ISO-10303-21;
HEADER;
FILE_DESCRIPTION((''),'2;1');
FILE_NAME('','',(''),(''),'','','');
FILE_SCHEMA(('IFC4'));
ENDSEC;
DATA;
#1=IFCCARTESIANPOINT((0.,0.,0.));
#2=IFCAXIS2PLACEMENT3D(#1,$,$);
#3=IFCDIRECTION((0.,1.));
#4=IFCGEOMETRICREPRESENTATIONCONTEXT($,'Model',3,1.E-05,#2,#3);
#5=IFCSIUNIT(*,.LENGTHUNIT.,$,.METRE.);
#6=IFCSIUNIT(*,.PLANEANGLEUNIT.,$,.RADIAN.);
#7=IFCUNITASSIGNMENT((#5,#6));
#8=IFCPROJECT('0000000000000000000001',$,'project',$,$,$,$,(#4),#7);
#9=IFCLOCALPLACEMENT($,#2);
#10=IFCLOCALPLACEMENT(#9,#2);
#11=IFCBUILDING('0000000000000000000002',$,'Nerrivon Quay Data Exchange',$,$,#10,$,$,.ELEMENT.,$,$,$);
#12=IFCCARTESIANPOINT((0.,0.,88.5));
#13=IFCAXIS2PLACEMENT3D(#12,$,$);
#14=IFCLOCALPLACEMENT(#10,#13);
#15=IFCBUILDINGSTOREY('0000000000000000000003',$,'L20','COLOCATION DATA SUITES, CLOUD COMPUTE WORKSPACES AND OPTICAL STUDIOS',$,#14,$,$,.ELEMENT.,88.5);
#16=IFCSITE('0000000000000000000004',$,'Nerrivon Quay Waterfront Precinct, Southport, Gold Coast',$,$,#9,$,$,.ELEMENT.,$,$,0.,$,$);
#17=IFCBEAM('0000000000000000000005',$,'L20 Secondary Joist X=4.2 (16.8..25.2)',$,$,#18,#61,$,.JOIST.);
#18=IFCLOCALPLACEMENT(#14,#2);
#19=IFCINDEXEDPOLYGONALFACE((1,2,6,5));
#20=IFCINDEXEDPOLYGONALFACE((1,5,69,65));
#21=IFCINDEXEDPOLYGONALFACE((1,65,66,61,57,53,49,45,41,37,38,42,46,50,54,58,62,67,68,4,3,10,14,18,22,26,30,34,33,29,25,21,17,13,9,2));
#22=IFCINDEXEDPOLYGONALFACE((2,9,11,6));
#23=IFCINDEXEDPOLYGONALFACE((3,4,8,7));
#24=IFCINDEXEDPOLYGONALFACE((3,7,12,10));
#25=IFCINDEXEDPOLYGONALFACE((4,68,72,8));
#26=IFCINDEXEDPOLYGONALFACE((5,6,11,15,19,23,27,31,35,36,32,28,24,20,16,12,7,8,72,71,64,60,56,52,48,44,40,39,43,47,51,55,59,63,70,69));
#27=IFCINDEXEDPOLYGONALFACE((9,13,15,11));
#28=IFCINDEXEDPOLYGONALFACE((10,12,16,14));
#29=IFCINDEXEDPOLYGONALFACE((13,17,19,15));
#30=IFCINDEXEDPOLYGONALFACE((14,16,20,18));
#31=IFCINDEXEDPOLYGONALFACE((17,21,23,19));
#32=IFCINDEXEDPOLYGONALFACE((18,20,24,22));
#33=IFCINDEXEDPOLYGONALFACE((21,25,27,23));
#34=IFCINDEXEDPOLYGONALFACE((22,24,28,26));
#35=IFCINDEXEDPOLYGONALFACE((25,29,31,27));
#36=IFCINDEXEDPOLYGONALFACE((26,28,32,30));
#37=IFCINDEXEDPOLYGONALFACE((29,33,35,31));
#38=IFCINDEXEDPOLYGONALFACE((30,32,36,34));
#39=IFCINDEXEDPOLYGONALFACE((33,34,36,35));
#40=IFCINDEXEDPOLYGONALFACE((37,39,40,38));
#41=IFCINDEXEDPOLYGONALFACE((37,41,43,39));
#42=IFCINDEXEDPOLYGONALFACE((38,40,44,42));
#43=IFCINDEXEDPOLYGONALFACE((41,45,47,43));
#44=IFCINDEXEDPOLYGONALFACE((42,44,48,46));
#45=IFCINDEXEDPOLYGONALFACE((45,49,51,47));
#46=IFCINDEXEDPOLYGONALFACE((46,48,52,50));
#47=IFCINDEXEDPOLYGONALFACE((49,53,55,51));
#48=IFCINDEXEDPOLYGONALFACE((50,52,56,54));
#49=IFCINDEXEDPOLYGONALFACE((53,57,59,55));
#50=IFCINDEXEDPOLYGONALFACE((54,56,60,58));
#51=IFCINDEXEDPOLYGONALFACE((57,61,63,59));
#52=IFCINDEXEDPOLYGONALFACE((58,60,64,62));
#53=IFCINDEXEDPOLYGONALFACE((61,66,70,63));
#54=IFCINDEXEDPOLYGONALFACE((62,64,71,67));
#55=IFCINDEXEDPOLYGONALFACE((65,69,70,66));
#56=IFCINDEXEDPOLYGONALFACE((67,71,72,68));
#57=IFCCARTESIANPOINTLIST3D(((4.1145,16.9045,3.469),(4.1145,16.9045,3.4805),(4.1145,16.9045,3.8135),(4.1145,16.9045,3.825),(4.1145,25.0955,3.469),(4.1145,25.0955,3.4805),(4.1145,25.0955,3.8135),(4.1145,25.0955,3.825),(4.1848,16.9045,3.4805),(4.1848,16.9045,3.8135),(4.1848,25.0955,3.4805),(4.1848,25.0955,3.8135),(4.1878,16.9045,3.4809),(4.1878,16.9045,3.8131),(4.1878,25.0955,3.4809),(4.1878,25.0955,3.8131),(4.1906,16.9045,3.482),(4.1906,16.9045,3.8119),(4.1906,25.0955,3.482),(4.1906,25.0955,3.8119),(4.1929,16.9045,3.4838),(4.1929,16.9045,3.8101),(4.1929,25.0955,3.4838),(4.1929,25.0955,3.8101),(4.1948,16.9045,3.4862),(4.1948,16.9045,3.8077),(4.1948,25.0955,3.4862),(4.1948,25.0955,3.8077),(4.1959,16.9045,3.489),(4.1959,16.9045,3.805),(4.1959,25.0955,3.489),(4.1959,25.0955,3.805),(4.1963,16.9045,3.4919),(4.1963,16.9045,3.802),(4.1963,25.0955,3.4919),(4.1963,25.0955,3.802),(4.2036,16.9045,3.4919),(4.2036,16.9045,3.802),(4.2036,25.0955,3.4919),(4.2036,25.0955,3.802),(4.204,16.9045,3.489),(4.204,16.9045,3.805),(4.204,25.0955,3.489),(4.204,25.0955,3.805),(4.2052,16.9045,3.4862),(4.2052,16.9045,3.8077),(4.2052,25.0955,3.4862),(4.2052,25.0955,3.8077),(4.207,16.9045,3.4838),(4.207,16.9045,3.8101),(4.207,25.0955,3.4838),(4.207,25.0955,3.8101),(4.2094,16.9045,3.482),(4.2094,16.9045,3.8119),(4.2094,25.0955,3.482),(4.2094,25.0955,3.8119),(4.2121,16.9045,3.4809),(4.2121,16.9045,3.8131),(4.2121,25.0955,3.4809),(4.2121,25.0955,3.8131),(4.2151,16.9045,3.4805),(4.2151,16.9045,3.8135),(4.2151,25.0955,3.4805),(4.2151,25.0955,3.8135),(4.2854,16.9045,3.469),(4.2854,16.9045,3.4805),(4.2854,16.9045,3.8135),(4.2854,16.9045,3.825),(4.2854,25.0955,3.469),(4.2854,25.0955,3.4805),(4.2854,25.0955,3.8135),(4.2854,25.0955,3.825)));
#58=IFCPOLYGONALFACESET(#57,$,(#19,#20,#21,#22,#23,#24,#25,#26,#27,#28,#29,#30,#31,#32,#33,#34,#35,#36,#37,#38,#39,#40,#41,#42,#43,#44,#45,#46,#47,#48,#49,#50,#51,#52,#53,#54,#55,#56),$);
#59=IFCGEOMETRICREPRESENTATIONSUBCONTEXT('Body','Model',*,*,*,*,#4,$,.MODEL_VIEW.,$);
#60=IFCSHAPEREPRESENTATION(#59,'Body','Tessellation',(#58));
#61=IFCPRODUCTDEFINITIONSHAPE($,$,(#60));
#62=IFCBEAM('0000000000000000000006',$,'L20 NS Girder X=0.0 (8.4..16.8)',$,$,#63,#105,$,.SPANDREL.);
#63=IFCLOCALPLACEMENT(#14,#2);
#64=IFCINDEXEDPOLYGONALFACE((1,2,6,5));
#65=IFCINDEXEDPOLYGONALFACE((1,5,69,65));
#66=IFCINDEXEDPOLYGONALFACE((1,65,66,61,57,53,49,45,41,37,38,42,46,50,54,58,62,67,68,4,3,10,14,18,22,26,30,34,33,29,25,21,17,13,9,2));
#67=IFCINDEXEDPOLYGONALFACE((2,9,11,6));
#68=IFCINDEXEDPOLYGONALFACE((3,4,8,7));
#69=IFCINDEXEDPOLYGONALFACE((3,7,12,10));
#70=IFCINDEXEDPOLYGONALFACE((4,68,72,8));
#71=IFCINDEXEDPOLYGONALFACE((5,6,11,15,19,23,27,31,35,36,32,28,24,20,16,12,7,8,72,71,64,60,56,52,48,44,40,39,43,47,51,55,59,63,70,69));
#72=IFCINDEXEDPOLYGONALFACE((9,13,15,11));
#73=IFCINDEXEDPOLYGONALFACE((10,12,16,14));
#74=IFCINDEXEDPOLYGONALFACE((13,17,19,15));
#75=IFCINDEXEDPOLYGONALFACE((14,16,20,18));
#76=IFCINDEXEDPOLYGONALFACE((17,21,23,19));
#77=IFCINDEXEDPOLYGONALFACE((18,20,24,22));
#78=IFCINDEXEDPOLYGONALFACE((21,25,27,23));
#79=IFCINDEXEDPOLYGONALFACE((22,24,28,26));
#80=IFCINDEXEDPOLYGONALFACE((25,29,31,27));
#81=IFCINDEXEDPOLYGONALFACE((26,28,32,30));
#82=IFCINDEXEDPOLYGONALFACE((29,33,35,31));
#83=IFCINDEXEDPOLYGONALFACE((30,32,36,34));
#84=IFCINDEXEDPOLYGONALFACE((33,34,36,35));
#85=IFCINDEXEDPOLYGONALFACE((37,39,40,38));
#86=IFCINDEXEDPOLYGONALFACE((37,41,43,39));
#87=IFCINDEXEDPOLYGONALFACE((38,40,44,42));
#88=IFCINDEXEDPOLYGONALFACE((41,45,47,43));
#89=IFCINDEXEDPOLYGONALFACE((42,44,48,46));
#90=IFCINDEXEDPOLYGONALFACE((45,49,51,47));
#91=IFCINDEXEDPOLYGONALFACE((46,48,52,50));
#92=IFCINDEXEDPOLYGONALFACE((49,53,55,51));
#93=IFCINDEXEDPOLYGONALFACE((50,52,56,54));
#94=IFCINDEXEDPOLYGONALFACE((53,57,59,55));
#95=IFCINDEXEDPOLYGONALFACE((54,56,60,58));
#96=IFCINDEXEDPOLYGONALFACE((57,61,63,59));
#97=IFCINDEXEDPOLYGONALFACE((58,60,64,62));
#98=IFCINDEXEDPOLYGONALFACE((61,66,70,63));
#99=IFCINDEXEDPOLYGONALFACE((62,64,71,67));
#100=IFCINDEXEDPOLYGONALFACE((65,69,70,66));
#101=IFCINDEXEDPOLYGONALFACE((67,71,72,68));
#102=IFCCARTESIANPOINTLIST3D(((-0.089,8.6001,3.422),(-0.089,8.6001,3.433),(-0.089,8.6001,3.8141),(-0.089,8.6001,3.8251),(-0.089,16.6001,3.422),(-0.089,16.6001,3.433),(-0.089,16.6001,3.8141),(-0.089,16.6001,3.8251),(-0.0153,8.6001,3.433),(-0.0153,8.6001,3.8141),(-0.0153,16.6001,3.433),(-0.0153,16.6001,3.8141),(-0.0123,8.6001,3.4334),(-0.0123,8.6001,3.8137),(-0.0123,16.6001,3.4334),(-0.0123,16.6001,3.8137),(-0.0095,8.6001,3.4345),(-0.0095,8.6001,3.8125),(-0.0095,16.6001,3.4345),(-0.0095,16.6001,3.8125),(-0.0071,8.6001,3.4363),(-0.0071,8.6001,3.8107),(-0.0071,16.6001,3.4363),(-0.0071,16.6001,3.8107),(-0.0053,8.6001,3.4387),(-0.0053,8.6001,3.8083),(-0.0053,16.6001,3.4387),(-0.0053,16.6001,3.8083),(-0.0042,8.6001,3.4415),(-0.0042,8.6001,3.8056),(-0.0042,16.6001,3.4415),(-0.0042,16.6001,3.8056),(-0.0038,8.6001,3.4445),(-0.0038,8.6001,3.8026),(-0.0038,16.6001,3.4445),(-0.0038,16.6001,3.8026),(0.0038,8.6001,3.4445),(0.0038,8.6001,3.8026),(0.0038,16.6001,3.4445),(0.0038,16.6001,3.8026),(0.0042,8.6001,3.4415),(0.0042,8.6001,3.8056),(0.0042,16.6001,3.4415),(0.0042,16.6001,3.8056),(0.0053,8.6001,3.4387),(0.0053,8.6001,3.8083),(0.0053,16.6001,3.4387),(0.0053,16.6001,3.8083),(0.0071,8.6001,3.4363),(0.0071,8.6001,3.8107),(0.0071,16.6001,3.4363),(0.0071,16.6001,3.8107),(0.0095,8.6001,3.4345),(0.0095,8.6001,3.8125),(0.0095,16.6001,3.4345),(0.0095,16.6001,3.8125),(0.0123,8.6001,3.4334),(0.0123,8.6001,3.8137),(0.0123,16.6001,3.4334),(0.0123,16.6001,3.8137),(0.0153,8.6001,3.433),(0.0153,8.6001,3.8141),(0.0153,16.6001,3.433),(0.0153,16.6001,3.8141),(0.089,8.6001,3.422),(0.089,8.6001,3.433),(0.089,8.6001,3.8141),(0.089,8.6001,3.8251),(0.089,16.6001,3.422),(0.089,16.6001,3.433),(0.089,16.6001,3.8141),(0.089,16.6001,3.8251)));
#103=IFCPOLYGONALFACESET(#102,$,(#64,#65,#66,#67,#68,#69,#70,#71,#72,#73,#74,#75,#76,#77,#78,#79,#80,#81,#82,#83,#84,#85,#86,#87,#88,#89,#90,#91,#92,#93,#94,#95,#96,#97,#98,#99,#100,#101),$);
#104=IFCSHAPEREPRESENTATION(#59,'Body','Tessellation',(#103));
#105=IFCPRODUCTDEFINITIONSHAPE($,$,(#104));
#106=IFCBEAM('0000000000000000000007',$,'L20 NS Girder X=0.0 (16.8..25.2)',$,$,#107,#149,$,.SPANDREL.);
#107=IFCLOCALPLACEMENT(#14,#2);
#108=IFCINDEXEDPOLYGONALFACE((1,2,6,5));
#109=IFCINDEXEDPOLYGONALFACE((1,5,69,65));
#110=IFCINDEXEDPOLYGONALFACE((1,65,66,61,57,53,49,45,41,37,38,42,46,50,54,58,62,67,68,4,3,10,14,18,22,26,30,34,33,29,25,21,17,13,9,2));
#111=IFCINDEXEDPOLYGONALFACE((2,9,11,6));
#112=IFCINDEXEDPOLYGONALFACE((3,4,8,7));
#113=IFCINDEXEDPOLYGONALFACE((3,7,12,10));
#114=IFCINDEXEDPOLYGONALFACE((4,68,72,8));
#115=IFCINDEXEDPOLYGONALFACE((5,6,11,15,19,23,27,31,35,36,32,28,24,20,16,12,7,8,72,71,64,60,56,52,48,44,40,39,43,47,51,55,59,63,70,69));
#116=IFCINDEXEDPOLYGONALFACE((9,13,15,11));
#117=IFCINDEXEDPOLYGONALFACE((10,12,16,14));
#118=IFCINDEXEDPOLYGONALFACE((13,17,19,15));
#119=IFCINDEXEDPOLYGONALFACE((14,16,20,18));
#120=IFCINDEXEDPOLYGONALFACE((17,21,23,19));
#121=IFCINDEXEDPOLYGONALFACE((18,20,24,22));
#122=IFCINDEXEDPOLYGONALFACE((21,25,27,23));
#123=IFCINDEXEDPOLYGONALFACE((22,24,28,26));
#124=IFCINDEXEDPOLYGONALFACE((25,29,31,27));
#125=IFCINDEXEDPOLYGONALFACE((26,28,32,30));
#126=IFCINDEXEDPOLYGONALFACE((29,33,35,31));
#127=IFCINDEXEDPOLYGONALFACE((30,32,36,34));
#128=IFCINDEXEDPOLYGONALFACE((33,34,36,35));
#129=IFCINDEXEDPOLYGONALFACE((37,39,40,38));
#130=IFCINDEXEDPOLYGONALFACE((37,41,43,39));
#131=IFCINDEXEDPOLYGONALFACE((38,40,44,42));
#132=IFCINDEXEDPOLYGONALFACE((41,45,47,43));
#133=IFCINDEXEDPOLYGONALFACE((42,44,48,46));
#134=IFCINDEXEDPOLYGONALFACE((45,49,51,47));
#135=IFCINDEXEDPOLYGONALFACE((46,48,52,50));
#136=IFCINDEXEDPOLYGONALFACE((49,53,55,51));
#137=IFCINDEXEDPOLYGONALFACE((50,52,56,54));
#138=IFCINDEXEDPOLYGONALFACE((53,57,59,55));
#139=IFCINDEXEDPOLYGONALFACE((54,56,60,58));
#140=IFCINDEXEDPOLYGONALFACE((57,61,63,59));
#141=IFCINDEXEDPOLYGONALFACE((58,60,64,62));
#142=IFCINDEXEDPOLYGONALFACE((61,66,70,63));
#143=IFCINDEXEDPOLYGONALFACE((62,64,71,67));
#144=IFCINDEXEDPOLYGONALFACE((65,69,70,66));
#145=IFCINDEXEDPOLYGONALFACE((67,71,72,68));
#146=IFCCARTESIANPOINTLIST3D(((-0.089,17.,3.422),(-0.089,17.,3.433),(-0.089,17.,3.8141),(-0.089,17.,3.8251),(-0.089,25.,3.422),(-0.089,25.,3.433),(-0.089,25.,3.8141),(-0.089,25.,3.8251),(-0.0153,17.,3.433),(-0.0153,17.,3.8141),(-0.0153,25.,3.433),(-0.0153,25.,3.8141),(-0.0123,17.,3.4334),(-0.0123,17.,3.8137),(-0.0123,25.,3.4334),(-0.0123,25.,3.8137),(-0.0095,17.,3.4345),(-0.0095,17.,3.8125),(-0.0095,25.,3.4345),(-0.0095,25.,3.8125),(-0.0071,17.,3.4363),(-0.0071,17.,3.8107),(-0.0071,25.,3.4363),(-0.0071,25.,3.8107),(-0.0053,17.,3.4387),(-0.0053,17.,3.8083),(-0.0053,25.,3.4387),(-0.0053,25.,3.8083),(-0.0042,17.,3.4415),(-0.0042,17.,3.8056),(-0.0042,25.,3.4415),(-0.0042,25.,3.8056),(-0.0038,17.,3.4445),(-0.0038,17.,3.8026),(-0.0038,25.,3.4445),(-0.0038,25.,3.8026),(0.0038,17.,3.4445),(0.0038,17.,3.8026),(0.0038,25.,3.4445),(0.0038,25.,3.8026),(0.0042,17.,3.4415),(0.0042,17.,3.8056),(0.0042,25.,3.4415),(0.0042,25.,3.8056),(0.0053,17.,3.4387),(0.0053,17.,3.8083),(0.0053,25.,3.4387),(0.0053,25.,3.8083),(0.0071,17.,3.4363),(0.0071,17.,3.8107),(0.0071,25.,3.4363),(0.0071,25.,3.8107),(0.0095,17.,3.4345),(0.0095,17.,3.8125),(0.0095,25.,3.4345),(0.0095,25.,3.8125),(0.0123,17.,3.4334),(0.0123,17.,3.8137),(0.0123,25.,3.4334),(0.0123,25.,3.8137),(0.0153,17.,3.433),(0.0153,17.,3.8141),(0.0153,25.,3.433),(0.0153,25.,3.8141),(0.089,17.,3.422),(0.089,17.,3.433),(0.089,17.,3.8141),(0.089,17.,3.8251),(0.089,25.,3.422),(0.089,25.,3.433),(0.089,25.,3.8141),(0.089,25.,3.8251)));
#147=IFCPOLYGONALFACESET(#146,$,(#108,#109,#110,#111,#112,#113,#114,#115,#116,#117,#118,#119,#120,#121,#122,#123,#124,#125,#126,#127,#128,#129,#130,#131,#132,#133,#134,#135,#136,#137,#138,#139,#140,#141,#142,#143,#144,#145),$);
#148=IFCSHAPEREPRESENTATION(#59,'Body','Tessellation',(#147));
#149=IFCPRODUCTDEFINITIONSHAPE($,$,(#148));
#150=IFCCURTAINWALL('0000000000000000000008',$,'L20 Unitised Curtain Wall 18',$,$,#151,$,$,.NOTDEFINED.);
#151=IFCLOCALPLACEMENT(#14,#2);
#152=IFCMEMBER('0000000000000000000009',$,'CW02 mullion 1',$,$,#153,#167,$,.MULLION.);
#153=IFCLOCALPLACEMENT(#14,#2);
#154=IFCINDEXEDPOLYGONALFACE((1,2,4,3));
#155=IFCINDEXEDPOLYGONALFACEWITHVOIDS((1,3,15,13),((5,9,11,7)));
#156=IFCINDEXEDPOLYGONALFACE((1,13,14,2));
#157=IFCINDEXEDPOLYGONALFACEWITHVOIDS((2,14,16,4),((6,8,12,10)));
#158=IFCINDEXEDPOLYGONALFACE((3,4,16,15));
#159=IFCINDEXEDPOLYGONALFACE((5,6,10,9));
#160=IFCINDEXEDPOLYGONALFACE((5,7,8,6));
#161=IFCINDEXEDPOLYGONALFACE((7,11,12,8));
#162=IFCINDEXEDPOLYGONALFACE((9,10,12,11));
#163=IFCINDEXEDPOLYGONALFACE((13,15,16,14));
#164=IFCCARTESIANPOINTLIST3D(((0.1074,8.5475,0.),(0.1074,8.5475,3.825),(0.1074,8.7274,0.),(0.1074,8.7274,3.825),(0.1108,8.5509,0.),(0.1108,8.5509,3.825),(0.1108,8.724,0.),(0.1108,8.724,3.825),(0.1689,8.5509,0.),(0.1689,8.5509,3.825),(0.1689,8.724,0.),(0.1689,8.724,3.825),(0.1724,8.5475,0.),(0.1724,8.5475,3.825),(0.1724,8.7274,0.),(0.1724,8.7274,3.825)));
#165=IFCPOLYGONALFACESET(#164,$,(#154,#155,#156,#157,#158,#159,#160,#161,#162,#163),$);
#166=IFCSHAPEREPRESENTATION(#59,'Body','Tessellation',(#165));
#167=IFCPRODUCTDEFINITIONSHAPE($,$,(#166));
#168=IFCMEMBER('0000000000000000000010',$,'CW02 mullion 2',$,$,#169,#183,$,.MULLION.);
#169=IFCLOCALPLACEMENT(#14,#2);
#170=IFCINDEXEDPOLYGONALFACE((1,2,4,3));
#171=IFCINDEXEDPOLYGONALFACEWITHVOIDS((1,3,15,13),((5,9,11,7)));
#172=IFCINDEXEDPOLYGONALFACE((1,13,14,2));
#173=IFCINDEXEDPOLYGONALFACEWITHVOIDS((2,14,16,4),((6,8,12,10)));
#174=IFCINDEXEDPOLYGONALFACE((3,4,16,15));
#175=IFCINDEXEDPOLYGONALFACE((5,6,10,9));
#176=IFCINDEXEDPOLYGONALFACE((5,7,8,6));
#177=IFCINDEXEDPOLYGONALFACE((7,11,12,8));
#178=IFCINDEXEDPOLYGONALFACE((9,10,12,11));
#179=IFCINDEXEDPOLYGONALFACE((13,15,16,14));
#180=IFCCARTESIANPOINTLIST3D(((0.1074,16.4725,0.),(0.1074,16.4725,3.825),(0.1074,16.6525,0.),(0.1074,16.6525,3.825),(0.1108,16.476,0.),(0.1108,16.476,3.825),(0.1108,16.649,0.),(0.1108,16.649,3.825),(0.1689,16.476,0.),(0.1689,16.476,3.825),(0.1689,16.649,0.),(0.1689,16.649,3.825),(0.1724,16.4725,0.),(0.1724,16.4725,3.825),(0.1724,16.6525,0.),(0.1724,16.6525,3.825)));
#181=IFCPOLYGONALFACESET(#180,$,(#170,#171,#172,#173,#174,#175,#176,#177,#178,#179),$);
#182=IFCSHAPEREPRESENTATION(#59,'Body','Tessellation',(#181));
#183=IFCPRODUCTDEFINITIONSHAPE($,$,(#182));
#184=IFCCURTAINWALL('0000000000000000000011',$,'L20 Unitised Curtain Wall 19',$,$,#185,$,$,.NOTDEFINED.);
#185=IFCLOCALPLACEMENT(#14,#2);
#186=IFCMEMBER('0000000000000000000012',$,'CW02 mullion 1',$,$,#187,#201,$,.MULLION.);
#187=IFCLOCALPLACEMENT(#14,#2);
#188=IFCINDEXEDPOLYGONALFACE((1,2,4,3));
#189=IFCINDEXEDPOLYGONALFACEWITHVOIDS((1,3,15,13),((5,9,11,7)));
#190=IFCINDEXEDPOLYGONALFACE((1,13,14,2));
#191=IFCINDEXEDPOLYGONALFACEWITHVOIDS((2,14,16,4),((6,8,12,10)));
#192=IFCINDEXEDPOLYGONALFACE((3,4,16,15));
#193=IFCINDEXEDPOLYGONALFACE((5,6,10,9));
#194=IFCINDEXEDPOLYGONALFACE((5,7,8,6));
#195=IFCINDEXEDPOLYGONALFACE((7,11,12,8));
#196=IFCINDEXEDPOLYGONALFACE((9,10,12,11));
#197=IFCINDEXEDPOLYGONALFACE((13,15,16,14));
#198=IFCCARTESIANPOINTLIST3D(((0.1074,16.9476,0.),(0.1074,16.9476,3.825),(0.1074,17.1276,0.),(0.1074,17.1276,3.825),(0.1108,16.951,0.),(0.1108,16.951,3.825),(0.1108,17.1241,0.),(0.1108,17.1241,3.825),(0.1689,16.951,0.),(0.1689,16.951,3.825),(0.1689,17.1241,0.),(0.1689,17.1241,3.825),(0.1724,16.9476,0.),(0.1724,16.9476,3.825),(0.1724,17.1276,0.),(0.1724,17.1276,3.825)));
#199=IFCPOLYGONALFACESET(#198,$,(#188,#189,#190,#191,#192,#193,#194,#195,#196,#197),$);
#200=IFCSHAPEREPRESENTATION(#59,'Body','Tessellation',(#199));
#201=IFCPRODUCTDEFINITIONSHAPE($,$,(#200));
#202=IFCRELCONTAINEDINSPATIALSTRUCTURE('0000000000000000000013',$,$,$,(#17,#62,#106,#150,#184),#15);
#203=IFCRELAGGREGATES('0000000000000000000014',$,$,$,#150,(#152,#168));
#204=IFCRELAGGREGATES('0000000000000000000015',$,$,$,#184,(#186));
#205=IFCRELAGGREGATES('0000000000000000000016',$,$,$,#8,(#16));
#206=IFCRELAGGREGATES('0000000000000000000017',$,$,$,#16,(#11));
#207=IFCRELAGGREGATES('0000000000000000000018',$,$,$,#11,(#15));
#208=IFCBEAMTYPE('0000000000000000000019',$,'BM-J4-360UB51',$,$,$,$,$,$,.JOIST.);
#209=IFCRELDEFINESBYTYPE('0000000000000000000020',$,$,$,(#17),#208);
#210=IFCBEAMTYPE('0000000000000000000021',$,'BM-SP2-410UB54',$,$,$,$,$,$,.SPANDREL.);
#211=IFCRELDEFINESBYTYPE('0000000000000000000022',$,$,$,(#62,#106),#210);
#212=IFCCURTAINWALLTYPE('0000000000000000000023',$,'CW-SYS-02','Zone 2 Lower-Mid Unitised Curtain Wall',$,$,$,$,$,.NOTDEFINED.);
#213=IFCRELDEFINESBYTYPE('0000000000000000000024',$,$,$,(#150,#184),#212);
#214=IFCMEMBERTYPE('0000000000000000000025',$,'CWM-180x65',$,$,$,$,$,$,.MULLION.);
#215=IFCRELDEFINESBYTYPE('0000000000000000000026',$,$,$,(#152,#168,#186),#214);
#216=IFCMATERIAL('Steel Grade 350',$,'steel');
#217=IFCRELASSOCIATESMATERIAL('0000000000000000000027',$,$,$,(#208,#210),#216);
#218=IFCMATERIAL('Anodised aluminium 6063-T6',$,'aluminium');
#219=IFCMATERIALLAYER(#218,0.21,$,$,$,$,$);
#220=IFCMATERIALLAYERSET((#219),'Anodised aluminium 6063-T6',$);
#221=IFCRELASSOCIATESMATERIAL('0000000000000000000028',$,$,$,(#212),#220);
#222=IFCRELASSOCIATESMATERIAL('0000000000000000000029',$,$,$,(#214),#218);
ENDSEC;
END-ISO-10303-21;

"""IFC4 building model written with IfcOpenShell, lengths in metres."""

from ifc_helpers import new_model, si_unit, direction, frame, origin, origin_2d, place, context, subcontext, project, spatial, hollow_rectangle, i_section, extrude, material, layer, layer_set, material_profile, profile_set, type_object, element, aggregate, save


model = new_model("IFC4")

# Units and contexts
model_context = context("Model", 3, precision=1e-05, world=origin(), true_north=direction((0.0, 1.0)))
body_context = subcontext(model_context, "Body", "Model", "MODEL_VIEW")
ifc_project = project(units=[si_unit("LENGTHUNIT", "METRE"), si_unit("PLANEANGLEUNIT", "RADIAN")], contexts=[model_context])

# Site, building, storey
site_placement = place(None, origin())
site = spatial("IfcSite", under=ifc_project, at=site_placement, Name="Nerrivon Quay Waterfront Precinct, Southport, Gold Coast", CompositionType="ELEMENT", RefElevation=0.0)
building_placement = place(site_placement, origin())
building = spatial("IfcBuilding", under=site, at=building_placement, Name="Nerrivon Quay Data Exchange", CompositionType="ELEMENT")
storey_placement = place(building_placement, frame((0.0, 0.0, 88.5)))
storey = spatial("IfcBuildingStorey", under=building, at=storey_placement, Name="L20", Description="COLOCATION DATA SUITES, CLOUD COMPUTE WORKSPACES AND OPTICAL STUDIOS", CompositionType="ELEMENT", Elevation=88.5)

# Shared definitions
ifc_material_1 = material(Name="Steel Grade 350", Category="steel")

# Beams
ifc_material_profile_1 = material_profile(ifc_material_1, i_section(OverallWidth=0.1709, OverallDepth=0.356, WebThickness=0.0073, FlangeThickness=0.0115, FilletRadius=0.0115, at=origin_2d()), Name="360UB50.7")
ifc_profile_set_1 = profile_set([ifc_material_profile_1], Name="Steel Grade 350")
beam_type_1 = type_object("IfcBeamType", Name="BM-J4-360UB51", PredefinedType="JOIST", material=ifc_profile_set_1)
beam_1_placement = place(storey_placement, frame((4.2, 16.9045, 3.647), z_axis=(0.0, 1.0, 0.0), x_axis=(-1.0, 0.0, 0.0)))
element("IfcBeam", 1, at=beam_1_placement, inside=storey, type_object=beam_type_1, Name="L20 Secondary Joist X=4.2 (16.8..25.2)", PredefinedType="JOIST", context=body_context, shape_type="SweptSolid", body=[
    extrude(i_section(OverallWidth=0.1709, OverallDepth=0.356, WebThickness=0.0073, FlangeThickness=0.0115, FilletRadius=0.0115, at=origin_2d()), origin(), (0.0, 0.0, 1.0), 8.1909),
])
ifc_material_profile_2 = material_profile(ifc_material_1, i_section(OverallWidth=0.178, OverallDepth=0.4031, WebThickness=0.0076, FlangeThickness=0.011, FilletRadius=0.0115, at=origin_2d()), Name="410UB53.7")
ifc_profile_set_2 = profile_set([ifc_material_profile_2], Name="Steel Grade 350")
beam_type_2 = type_object("IfcBeamType", Name="BM-SP2-410UB54", PredefinedType="SPANDREL", material=ifc_profile_set_2)
for number, where, z_axis, x_axis, name in (
    (2, (0.0, 8.6001, 3.6235), (0.0, 1.0, 0.0), (-1.0, 0.0, 0.0), "L20 NS Girder X=0.0 (8.4..16.8)"),
    (3, (0.0, 17.0, 3.6235), (0.0, 1.0, 0.0), (-1.0, 0.0, 0.0), "L20 NS Girder X=0.0 (16.8..25.2)"),
):
    element("IfcBeam", number, at=place(storey_placement, frame(where, z_axis=z_axis, x_axis=x_axis)), inside=storey, type_object=beam_type_2, Name=name, PredefinedType="SPANDREL", context=body_context, shape_type="SweptSolid", body=[
        extrude(i_section(OverallWidth=0.178, OverallDepth=0.4031, WebThickness=0.0076, FlangeThickness=0.011, FilletRadius=0.0115, at=origin_2d()), origin(), (0.0, 0.0, 1.0), 8.0),
    ])

# Curtain walls, members
ifc_material_2 = material(Name="Anodised aluminium 6063-T6", Category="aluminium")
ifc_layer_1 = layer(ifc_material_2, 0.21)
ifc_layer_set_1 = layer_set([ifc_layer_1], Name="Anodised aluminium 6063-T6")
curtain_wall_type = type_object("IfcCurtainWallType", Name="CW-SYS-02", Description="Zone 2 Lower-Mid Unitised Curtain Wall", PredefinedType="NOTDEFINED", material=ifc_layer_set_1)
curtain_wall_1_placement = place(storey_placement, origin())
curtain_wall_1 = element("IfcCurtainWall", 4, at=curtain_wall_1_placement, inside=storey, type_object=curtain_wall_type, Name="L20 Unitised Curtain Wall 18", PredefinedType="NOTDEFINED")
ifc_material_profile_3 = material_profile(ifc_material_2, hollow_rectangle(XDim=0.0649, YDim=0.1799, WallThickness=0.0034, at=origin_2d()), Name="ALU-MULL-180x65")
ifc_profile_set_3 = profile_set([ifc_material_profile_3], Name="Anodised aluminium 6063-T6")
member_type_1 = type_object("IfcMemberType", Name="CWM-180x65", PredefinedType="MULLION", material=ifc_profile_set_3)
member_1_placement = place(storey_placement, frame((0.1399, 8.6375, 0.0), z_axis=(0.0, 0.0, 1.0), x_axis=(-1.0, 0.0, 0.0)))
member_1 = element("IfcMember", 5, at=member_1_placement, type_object=member_type_1, Name="CW02 mullion 1", PredefinedType="MULLION", context=body_context, shape_type="SweptSolid", body=[
    extrude(hollow_rectangle(XDim=0.0649, YDim=0.1799, WallThickness=0.0034, at=origin_2d()), origin(), (0.0, 0.0, 1.0), 3.825),
])
member_2_placement = place(storey_placement, frame((0.1399, 16.5625, 0.0), z_axis=(0.0, 0.0, 1.0), x_axis=(-1.0, 0.0, 0.0)))
member_2 = element("IfcMember", 6, at=member_2_placement, type_object=member_type_1, Name="CW02 mullion 2", PredefinedType="MULLION", context=body_context, shape_type="SweptSolid", body=[
    extrude(hollow_rectangle(XDim=0.0649, YDim=0.1799, WallThickness=0.0034, at=origin_2d()), origin(), (0.0, 0.0, 1.0), 3.825),
])
curtain_wall_2_placement = place(storey_placement, origin())
curtain_wall_2 = element("IfcCurtainWall", 7, at=curtain_wall_2_placement, inside=storey, type_object=curtain_wall_type, Name="L20 Unitised Curtain Wall 19", PredefinedType="NOTDEFINED")
member_3_placement = place(storey_placement, frame((0.1399, 17.0376, 0.0), z_axis=(0.0, 0.0, 1.0), x_axis=(-1.0, 0.0, 0.0)))
member_3 = element("IfcMember", 8, at=member_3_placement, type_object=member_type_1, Name="CW02 mullion 1", PredefinedType="MULLION", context=body_context, shape_type="SweptSolid", body=[
    extrude(hollow_rectangle(XDim=0.0649, YDim=0.1799, WallThickness=0.0034, at=origin_2d()), origin(), (0.0, 0.0, 1.0), 3.825),
])

aggregate(curtain_wall_1, [member_1, member_2])
aggregate(curtain_wall_2, [member_3])

save(model, "model.ifc")
